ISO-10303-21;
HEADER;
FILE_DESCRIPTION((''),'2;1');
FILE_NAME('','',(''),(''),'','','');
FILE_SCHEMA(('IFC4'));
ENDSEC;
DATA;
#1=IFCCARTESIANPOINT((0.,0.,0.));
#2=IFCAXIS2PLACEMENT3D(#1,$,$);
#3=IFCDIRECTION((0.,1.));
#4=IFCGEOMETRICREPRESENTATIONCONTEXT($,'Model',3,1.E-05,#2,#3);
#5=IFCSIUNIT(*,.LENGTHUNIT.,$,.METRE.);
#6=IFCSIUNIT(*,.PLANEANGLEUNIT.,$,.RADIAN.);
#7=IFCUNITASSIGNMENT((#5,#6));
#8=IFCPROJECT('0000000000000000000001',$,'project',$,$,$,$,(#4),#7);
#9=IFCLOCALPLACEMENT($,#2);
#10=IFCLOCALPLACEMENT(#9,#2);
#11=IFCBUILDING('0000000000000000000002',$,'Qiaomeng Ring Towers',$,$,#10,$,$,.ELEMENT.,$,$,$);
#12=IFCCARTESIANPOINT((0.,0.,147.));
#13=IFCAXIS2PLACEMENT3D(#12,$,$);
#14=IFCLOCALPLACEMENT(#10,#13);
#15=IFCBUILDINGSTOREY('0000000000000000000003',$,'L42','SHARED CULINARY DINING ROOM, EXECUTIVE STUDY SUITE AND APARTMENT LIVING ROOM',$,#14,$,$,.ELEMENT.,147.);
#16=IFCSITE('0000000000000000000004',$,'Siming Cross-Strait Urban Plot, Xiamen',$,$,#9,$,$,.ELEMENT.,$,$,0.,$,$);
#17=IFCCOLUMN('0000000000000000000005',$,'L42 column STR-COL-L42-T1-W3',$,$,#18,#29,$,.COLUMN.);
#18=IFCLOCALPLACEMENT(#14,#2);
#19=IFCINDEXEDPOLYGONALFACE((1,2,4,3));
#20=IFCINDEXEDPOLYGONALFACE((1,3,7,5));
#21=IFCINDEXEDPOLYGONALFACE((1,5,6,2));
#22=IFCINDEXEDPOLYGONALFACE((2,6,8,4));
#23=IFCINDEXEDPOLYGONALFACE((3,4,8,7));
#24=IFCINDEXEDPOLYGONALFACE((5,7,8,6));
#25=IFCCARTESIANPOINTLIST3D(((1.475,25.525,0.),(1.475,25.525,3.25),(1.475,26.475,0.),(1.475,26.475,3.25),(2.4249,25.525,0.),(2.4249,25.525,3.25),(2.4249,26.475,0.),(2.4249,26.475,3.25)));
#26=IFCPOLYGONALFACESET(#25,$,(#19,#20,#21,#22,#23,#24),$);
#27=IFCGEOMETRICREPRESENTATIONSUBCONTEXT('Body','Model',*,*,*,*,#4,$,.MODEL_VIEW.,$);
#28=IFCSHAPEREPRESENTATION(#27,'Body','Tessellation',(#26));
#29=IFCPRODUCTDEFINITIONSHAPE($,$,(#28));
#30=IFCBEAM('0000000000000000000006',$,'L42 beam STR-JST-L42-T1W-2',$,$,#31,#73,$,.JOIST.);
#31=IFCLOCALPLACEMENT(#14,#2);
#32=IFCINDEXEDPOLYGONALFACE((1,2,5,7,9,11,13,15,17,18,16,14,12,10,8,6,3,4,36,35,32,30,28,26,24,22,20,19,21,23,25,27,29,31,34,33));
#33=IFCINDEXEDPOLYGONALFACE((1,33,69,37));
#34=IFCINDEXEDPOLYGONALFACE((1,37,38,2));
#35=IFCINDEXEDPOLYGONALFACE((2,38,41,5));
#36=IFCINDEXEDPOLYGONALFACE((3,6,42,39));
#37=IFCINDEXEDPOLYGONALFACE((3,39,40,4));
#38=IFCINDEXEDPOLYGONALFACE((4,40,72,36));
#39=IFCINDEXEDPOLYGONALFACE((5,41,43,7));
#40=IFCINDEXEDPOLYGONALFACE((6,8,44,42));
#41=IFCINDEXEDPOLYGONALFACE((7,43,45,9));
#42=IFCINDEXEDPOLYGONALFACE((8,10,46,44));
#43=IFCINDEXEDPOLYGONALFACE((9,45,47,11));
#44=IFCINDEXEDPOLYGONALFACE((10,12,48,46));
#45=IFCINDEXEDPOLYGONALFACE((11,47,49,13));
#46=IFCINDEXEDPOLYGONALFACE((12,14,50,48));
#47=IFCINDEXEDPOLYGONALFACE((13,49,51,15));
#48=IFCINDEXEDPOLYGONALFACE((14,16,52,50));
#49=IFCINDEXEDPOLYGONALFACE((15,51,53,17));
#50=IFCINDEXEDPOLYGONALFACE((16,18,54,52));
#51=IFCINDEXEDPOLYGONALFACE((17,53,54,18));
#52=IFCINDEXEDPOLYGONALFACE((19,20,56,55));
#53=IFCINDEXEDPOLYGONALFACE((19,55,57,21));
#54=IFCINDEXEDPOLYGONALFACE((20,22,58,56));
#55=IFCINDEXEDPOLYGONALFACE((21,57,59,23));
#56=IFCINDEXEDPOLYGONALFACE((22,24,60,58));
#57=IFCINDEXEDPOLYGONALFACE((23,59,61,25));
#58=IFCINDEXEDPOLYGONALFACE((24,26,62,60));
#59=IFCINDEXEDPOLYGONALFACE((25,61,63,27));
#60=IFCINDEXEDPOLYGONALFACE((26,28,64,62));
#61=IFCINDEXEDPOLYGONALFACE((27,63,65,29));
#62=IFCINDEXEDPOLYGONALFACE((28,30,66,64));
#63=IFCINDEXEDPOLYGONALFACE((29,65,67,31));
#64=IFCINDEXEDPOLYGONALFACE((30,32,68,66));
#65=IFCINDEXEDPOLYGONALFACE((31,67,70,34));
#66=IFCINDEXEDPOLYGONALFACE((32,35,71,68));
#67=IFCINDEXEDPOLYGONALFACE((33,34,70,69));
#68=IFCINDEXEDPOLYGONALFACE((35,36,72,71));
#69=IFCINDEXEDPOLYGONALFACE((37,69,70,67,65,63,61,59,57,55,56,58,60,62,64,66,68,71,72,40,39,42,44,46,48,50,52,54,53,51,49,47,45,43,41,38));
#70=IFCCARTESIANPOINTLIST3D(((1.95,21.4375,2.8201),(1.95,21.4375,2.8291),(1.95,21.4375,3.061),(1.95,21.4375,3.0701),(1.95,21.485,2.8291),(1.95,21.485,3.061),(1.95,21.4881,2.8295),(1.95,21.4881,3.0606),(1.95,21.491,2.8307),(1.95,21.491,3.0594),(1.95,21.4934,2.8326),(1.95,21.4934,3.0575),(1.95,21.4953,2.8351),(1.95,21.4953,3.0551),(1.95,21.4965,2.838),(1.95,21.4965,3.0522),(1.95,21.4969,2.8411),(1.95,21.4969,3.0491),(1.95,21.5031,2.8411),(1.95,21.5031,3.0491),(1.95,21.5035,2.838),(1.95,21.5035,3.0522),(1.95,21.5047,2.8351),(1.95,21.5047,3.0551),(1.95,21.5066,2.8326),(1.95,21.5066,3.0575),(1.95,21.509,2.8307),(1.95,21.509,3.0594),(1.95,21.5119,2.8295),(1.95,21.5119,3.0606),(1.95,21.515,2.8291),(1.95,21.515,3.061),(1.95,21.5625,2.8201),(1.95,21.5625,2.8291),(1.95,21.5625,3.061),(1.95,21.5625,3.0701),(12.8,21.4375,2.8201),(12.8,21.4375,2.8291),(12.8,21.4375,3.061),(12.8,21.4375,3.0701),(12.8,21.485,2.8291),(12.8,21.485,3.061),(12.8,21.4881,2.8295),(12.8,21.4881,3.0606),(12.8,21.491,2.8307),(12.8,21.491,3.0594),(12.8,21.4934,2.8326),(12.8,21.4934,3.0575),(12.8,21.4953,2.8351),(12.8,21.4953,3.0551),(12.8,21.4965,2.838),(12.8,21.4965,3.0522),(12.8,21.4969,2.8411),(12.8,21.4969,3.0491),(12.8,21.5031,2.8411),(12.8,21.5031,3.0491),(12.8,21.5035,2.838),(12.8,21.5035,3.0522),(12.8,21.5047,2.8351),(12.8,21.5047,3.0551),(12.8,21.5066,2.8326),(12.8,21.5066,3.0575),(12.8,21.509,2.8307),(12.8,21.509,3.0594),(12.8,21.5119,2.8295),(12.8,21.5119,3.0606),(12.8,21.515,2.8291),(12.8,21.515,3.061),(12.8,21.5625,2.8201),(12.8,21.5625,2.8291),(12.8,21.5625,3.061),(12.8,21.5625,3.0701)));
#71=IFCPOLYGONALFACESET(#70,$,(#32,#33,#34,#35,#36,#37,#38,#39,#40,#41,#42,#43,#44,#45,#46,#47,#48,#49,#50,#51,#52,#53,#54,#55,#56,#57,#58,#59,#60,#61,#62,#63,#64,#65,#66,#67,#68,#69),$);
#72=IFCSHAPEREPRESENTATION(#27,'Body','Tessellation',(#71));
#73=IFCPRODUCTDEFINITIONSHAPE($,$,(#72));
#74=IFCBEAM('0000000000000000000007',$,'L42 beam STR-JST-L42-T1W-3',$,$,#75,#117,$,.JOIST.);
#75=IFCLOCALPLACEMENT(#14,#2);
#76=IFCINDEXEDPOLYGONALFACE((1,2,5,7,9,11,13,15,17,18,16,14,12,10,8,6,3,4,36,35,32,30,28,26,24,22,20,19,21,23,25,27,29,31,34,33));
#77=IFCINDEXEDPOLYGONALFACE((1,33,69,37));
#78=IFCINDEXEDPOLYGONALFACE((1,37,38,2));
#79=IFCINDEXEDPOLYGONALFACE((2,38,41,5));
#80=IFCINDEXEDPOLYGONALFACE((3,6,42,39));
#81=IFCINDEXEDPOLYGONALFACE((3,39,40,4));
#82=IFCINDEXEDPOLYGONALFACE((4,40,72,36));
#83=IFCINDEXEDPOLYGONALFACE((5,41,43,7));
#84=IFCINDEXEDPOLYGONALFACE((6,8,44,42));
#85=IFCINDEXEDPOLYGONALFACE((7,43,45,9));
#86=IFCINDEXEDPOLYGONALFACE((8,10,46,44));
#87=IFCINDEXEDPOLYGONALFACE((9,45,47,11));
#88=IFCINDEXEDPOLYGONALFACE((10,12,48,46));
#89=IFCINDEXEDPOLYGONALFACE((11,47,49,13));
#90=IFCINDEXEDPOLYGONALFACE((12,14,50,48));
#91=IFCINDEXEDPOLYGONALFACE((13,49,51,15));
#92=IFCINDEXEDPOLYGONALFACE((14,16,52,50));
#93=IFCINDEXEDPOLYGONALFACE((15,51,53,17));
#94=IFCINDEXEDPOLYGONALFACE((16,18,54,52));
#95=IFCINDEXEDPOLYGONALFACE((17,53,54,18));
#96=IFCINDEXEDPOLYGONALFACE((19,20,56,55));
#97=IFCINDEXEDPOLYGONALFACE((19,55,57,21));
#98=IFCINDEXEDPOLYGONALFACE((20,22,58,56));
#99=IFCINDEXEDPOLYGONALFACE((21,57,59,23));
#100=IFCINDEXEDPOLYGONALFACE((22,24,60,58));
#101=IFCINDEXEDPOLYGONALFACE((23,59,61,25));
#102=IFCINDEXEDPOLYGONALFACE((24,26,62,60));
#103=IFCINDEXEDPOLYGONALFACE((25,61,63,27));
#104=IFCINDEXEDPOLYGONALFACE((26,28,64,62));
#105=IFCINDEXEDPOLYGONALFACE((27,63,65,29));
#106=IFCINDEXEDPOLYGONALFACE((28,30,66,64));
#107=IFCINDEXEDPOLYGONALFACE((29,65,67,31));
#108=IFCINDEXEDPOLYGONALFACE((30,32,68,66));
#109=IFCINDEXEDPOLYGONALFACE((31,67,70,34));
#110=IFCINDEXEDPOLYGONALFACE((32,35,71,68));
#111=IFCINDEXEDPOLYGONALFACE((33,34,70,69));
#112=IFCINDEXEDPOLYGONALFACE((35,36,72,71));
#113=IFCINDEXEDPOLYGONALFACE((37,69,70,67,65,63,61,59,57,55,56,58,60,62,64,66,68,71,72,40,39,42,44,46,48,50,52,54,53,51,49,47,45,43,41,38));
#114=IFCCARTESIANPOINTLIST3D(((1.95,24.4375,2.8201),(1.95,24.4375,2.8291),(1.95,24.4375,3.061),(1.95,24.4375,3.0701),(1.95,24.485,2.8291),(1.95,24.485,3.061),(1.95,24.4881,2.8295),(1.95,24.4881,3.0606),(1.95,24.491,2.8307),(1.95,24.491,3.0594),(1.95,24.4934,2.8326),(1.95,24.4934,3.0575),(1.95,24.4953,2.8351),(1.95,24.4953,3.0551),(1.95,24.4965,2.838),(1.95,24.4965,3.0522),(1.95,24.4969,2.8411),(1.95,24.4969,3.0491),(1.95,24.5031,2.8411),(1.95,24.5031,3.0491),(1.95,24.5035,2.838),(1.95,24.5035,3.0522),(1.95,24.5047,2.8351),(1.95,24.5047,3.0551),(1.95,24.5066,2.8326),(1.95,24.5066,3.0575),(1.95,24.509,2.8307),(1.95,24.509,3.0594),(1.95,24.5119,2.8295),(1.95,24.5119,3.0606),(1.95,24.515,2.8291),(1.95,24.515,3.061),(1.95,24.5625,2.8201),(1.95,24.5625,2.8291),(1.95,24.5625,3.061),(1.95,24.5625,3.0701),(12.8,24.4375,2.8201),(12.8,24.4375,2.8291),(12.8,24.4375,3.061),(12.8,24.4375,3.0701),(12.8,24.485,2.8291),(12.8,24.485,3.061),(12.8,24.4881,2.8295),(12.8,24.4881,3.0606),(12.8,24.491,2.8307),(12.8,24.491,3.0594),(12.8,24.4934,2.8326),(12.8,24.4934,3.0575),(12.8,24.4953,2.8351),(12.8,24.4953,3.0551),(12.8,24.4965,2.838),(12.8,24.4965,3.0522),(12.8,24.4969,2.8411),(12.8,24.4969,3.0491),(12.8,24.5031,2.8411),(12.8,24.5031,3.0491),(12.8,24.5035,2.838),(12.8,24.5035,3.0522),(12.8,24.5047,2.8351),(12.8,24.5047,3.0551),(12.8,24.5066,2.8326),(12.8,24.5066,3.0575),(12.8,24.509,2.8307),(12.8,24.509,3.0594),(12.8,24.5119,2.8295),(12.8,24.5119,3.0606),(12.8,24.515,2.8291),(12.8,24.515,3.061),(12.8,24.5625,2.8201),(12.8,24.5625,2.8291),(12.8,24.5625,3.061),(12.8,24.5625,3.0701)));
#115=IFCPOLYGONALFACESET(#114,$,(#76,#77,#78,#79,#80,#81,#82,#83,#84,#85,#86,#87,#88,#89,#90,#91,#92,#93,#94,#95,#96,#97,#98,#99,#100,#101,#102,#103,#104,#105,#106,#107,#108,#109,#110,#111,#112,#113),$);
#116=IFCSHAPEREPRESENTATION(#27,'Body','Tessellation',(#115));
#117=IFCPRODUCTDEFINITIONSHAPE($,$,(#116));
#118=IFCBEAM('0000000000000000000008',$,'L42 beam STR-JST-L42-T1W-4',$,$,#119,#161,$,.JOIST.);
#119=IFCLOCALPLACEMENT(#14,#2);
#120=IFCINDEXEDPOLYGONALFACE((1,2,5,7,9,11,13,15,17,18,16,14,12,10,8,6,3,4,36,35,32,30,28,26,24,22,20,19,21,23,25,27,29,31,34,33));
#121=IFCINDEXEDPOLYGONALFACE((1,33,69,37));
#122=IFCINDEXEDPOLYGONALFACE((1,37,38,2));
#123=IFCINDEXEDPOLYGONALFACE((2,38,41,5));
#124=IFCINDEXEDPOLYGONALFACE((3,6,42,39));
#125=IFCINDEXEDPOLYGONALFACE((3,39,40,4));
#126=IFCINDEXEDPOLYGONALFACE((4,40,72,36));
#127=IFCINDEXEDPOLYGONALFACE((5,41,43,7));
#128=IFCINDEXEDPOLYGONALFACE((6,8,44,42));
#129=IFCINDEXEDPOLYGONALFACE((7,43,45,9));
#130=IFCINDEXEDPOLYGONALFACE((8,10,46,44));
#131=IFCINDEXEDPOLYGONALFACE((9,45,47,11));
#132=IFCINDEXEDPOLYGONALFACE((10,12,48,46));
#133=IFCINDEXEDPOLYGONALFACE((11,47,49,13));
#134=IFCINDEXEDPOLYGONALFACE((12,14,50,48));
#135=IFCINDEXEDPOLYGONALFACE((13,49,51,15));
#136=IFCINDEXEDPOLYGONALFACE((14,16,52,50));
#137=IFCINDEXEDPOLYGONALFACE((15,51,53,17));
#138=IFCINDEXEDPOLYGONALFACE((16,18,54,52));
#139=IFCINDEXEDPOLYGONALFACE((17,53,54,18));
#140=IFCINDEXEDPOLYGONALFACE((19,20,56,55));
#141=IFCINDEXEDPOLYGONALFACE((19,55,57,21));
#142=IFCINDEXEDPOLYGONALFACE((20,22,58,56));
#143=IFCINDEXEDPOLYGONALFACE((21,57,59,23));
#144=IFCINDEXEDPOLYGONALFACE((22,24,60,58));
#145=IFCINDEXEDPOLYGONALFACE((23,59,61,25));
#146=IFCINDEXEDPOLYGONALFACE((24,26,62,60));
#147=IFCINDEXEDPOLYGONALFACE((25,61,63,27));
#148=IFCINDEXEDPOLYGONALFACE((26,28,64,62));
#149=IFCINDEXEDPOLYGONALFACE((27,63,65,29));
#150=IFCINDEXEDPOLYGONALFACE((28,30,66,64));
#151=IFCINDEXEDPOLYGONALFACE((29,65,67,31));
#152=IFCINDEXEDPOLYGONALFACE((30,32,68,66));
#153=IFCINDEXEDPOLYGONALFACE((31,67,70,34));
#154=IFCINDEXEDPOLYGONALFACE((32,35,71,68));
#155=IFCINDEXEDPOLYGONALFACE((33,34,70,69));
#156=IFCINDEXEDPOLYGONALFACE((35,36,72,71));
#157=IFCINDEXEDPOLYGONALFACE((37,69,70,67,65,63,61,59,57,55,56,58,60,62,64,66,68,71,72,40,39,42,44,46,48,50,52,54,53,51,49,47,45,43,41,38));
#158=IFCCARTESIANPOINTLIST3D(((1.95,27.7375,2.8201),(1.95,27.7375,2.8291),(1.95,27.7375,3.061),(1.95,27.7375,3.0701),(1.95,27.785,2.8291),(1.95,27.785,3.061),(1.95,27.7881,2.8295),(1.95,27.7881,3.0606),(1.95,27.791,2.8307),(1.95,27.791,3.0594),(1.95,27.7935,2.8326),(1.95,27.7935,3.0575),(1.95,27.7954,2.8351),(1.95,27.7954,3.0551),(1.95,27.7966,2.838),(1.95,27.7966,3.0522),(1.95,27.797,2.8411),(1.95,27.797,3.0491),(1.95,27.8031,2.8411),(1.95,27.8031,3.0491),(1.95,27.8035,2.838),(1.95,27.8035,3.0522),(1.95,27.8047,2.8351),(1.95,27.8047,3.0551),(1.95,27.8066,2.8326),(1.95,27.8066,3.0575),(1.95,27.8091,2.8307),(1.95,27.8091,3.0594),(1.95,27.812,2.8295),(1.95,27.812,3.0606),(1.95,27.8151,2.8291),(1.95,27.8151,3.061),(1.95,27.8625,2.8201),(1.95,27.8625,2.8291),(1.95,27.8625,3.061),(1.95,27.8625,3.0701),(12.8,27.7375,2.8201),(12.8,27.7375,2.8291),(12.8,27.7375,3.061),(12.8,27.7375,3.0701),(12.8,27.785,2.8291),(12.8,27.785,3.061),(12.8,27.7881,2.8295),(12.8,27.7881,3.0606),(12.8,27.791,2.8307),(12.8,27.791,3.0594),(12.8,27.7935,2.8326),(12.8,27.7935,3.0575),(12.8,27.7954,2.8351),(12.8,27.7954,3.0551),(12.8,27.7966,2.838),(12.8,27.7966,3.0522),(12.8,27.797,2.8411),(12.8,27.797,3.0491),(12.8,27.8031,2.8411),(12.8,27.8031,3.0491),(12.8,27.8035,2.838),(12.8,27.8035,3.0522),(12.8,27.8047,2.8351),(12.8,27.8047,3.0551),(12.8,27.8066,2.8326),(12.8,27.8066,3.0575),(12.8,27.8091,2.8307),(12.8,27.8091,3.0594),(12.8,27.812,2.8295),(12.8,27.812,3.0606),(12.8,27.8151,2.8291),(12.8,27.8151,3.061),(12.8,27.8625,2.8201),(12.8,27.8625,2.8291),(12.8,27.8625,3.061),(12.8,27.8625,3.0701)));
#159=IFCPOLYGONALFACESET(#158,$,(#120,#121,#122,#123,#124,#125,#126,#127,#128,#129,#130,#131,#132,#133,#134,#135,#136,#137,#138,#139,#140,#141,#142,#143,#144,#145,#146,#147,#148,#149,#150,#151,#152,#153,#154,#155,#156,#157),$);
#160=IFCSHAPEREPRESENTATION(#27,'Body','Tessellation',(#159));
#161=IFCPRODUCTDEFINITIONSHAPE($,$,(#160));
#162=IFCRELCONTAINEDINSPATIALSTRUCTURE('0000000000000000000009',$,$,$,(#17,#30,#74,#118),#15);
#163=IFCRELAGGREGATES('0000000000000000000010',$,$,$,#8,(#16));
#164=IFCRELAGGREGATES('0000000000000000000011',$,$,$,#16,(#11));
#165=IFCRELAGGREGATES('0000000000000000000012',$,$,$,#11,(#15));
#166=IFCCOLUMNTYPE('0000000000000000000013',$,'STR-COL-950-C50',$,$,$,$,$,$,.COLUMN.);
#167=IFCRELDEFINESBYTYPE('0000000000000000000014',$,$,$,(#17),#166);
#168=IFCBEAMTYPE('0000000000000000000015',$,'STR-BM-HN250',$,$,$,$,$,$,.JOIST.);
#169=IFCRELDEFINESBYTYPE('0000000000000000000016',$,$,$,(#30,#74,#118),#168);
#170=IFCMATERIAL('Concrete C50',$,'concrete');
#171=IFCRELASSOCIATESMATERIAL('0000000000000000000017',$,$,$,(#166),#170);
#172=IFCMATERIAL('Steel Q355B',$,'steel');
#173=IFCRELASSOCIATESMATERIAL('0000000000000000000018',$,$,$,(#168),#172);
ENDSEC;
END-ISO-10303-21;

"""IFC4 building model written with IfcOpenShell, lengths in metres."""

from ifc_helpers import new_model, si_unit, direction, frame, origin, origin_2d, place, context, subcontext, project, spatial, rectangle, i_section, extrude, source, transform, mapped, material, material_profile, profile_set, type_object, element, save


model = new_model("IFC4")

# Units and contexts
model_context = context("Model", 3, precision=1e-05, world=origin(), true_north=direction((0.0, 1.0)))
body_context = subcontext(model_context, "Body", "Model", "MODEL_VIEW")
ifc_project = project(units=[si_unit("LENGTHUNIT", "METRE"), si_unit("PLANEANGLEUNIT", "RADIAN")], contexts=[model_context])

# Site, building, storey
site_placement = place(None, origin())
site = spatial("IfcSite", under=ifc_project, at=site_placement, Name="Siming Cross-Strait Urban Plot, Xiamen", CompositionType="ELEMENT", RefElevation=0.0)
building_placement = place(site_placement, origin())
building = spatial("IfcBuilding", under=site, at=building_placement, Name="Qiaomeng Ring Towers", CompositionType="ELEMENT")
storey_placement = place(building_placement, frame((0.0, 0.0, 147.0)))
storey = spatial("IfcBuildingStorey", under=building, at=storey_placement, Name="L42", Description="SHARED CULINARY DINING ROOM, EXECUTIVE STUDY SUITE AND APARTMENT LIVING ROOM", CompositionType="ELEMENT", Elevation=147.0)

# Column
ifc_material_1 = material(Name="Concrete C50", Category="concrete")
ifc_material_profile_1 = material_profile(ifc_material_1, rectangle(XDim=0.95, YDim=0.95, at=origin_2d()), Name="RC COL 950x950")
ifc_profile_set_1 = profile_set([ifc_material_profile_1], Name="Concrete C50")
column_type = type_object("IfcColumnType", Name="STR-COL-950-C50", PredefinedType="COLUMN", material=ifc_profile_set_1)
shared_shape_1 = source(origin(), body_context, "Body", "SweptSolid", [
    extrude(rectangle(XDim=0.95, YDim=0.95, at=origin_2d()), origin(), (0.0, 0.0, 1.0), 3.25),
])
column_placement = place(storey_placement, frame((1.95, 26.0, 0.0), z_axis=(0.0, 0.0, 1.0), x_axis=(1.0, 0.0, 0.0)))
element("IfcColumn", 1, at=column_placement, inside=storey, type_object=column_type, Name="L42 column STR-COL-L42-T1-W3", PredefinedType="COLUMN", context=body_context, shape_type="MappedRepresentation", body=[
    mapped(shared_shape_1, transform((0.0, 0.0, 0.0), x_axis=(1.0, 0.0, 0.0), y_axis=(0.0, 1.0, 0.0), z_axis=(0.0, 0.0, 1.0), scale=1.0)),
])

# Beams
ifc_material_2 = material(Name="Steel Q355B", Category="steel")
ifc_material_profile_2 = material_profile(ifc_material_2, i_section(OverallWidth=0.125, OverallDepth=0.25, WebThickness=0.0061, FlangeThickness=0.009, FilletRadius=0.012, at=origin_2d()), Name="HN 250x125x6x9")
ifc_profile_set_2 = profile_set([ifc_material_profile_2], Name="Steel Q355B")
beam_type_1 = type_object("IfcBeamType", Name="STR-BM-HN250", PredefinedType="JOIST", material=ifc_profile_set_2)
shared_shape_2 = source(origin(), body_context, "Body", "SweptSolid", [
    extrude(i_section(OverallWidth=0.125, OverallDepth=0.25, WebThickness=0.0061, FlangeThickness=0.009, FilletRadius=0.012, at=origin_2d()), origin(), (0.0, 0.0, 1.0), 10.8501),
])
for number, where, z_axis, x_axis, name in (
    (2, (1.95, 21.5, 2.9451), (1.0, 0.0, 0.0), (0.0, 1.0, 0.0), "L42 beam STR-JST-L42-T1W-2"),
    (3, (1.95, 24.5, 2.9451), (1.0, 0.0, 0.0), (0.0, 1.0, 0.0), "L42 beam STR-JST-L42-T1W-3"),
    (4, (1.95, 27.8, 2.9451), (1.0, 0.0, 0.0), (0.0, 1.0, 0.0), "L42 beam STR-JST-L42-T1W-4"),
):
    element("IfcBeam", number, at=place(storey_placement, frame(where, z_axis=z_axis, x_axis=x_axis)), inside=storey, type_object=beam_type_1, Name=name, PredefinedType="JOIST", context=body_context, shape_type="MappedRepresentation", body=[
        mapped(shared_shape_2, transform((0.0, 0.0, 0.0), x_axis=(1.0, 0.0, 0.0), y_axis=(0.0, 1.0, 0.0), z_axis=(0.0, 0.0, 1.0), scale=1.0)),
    ])

save(model, "model.ifc")
